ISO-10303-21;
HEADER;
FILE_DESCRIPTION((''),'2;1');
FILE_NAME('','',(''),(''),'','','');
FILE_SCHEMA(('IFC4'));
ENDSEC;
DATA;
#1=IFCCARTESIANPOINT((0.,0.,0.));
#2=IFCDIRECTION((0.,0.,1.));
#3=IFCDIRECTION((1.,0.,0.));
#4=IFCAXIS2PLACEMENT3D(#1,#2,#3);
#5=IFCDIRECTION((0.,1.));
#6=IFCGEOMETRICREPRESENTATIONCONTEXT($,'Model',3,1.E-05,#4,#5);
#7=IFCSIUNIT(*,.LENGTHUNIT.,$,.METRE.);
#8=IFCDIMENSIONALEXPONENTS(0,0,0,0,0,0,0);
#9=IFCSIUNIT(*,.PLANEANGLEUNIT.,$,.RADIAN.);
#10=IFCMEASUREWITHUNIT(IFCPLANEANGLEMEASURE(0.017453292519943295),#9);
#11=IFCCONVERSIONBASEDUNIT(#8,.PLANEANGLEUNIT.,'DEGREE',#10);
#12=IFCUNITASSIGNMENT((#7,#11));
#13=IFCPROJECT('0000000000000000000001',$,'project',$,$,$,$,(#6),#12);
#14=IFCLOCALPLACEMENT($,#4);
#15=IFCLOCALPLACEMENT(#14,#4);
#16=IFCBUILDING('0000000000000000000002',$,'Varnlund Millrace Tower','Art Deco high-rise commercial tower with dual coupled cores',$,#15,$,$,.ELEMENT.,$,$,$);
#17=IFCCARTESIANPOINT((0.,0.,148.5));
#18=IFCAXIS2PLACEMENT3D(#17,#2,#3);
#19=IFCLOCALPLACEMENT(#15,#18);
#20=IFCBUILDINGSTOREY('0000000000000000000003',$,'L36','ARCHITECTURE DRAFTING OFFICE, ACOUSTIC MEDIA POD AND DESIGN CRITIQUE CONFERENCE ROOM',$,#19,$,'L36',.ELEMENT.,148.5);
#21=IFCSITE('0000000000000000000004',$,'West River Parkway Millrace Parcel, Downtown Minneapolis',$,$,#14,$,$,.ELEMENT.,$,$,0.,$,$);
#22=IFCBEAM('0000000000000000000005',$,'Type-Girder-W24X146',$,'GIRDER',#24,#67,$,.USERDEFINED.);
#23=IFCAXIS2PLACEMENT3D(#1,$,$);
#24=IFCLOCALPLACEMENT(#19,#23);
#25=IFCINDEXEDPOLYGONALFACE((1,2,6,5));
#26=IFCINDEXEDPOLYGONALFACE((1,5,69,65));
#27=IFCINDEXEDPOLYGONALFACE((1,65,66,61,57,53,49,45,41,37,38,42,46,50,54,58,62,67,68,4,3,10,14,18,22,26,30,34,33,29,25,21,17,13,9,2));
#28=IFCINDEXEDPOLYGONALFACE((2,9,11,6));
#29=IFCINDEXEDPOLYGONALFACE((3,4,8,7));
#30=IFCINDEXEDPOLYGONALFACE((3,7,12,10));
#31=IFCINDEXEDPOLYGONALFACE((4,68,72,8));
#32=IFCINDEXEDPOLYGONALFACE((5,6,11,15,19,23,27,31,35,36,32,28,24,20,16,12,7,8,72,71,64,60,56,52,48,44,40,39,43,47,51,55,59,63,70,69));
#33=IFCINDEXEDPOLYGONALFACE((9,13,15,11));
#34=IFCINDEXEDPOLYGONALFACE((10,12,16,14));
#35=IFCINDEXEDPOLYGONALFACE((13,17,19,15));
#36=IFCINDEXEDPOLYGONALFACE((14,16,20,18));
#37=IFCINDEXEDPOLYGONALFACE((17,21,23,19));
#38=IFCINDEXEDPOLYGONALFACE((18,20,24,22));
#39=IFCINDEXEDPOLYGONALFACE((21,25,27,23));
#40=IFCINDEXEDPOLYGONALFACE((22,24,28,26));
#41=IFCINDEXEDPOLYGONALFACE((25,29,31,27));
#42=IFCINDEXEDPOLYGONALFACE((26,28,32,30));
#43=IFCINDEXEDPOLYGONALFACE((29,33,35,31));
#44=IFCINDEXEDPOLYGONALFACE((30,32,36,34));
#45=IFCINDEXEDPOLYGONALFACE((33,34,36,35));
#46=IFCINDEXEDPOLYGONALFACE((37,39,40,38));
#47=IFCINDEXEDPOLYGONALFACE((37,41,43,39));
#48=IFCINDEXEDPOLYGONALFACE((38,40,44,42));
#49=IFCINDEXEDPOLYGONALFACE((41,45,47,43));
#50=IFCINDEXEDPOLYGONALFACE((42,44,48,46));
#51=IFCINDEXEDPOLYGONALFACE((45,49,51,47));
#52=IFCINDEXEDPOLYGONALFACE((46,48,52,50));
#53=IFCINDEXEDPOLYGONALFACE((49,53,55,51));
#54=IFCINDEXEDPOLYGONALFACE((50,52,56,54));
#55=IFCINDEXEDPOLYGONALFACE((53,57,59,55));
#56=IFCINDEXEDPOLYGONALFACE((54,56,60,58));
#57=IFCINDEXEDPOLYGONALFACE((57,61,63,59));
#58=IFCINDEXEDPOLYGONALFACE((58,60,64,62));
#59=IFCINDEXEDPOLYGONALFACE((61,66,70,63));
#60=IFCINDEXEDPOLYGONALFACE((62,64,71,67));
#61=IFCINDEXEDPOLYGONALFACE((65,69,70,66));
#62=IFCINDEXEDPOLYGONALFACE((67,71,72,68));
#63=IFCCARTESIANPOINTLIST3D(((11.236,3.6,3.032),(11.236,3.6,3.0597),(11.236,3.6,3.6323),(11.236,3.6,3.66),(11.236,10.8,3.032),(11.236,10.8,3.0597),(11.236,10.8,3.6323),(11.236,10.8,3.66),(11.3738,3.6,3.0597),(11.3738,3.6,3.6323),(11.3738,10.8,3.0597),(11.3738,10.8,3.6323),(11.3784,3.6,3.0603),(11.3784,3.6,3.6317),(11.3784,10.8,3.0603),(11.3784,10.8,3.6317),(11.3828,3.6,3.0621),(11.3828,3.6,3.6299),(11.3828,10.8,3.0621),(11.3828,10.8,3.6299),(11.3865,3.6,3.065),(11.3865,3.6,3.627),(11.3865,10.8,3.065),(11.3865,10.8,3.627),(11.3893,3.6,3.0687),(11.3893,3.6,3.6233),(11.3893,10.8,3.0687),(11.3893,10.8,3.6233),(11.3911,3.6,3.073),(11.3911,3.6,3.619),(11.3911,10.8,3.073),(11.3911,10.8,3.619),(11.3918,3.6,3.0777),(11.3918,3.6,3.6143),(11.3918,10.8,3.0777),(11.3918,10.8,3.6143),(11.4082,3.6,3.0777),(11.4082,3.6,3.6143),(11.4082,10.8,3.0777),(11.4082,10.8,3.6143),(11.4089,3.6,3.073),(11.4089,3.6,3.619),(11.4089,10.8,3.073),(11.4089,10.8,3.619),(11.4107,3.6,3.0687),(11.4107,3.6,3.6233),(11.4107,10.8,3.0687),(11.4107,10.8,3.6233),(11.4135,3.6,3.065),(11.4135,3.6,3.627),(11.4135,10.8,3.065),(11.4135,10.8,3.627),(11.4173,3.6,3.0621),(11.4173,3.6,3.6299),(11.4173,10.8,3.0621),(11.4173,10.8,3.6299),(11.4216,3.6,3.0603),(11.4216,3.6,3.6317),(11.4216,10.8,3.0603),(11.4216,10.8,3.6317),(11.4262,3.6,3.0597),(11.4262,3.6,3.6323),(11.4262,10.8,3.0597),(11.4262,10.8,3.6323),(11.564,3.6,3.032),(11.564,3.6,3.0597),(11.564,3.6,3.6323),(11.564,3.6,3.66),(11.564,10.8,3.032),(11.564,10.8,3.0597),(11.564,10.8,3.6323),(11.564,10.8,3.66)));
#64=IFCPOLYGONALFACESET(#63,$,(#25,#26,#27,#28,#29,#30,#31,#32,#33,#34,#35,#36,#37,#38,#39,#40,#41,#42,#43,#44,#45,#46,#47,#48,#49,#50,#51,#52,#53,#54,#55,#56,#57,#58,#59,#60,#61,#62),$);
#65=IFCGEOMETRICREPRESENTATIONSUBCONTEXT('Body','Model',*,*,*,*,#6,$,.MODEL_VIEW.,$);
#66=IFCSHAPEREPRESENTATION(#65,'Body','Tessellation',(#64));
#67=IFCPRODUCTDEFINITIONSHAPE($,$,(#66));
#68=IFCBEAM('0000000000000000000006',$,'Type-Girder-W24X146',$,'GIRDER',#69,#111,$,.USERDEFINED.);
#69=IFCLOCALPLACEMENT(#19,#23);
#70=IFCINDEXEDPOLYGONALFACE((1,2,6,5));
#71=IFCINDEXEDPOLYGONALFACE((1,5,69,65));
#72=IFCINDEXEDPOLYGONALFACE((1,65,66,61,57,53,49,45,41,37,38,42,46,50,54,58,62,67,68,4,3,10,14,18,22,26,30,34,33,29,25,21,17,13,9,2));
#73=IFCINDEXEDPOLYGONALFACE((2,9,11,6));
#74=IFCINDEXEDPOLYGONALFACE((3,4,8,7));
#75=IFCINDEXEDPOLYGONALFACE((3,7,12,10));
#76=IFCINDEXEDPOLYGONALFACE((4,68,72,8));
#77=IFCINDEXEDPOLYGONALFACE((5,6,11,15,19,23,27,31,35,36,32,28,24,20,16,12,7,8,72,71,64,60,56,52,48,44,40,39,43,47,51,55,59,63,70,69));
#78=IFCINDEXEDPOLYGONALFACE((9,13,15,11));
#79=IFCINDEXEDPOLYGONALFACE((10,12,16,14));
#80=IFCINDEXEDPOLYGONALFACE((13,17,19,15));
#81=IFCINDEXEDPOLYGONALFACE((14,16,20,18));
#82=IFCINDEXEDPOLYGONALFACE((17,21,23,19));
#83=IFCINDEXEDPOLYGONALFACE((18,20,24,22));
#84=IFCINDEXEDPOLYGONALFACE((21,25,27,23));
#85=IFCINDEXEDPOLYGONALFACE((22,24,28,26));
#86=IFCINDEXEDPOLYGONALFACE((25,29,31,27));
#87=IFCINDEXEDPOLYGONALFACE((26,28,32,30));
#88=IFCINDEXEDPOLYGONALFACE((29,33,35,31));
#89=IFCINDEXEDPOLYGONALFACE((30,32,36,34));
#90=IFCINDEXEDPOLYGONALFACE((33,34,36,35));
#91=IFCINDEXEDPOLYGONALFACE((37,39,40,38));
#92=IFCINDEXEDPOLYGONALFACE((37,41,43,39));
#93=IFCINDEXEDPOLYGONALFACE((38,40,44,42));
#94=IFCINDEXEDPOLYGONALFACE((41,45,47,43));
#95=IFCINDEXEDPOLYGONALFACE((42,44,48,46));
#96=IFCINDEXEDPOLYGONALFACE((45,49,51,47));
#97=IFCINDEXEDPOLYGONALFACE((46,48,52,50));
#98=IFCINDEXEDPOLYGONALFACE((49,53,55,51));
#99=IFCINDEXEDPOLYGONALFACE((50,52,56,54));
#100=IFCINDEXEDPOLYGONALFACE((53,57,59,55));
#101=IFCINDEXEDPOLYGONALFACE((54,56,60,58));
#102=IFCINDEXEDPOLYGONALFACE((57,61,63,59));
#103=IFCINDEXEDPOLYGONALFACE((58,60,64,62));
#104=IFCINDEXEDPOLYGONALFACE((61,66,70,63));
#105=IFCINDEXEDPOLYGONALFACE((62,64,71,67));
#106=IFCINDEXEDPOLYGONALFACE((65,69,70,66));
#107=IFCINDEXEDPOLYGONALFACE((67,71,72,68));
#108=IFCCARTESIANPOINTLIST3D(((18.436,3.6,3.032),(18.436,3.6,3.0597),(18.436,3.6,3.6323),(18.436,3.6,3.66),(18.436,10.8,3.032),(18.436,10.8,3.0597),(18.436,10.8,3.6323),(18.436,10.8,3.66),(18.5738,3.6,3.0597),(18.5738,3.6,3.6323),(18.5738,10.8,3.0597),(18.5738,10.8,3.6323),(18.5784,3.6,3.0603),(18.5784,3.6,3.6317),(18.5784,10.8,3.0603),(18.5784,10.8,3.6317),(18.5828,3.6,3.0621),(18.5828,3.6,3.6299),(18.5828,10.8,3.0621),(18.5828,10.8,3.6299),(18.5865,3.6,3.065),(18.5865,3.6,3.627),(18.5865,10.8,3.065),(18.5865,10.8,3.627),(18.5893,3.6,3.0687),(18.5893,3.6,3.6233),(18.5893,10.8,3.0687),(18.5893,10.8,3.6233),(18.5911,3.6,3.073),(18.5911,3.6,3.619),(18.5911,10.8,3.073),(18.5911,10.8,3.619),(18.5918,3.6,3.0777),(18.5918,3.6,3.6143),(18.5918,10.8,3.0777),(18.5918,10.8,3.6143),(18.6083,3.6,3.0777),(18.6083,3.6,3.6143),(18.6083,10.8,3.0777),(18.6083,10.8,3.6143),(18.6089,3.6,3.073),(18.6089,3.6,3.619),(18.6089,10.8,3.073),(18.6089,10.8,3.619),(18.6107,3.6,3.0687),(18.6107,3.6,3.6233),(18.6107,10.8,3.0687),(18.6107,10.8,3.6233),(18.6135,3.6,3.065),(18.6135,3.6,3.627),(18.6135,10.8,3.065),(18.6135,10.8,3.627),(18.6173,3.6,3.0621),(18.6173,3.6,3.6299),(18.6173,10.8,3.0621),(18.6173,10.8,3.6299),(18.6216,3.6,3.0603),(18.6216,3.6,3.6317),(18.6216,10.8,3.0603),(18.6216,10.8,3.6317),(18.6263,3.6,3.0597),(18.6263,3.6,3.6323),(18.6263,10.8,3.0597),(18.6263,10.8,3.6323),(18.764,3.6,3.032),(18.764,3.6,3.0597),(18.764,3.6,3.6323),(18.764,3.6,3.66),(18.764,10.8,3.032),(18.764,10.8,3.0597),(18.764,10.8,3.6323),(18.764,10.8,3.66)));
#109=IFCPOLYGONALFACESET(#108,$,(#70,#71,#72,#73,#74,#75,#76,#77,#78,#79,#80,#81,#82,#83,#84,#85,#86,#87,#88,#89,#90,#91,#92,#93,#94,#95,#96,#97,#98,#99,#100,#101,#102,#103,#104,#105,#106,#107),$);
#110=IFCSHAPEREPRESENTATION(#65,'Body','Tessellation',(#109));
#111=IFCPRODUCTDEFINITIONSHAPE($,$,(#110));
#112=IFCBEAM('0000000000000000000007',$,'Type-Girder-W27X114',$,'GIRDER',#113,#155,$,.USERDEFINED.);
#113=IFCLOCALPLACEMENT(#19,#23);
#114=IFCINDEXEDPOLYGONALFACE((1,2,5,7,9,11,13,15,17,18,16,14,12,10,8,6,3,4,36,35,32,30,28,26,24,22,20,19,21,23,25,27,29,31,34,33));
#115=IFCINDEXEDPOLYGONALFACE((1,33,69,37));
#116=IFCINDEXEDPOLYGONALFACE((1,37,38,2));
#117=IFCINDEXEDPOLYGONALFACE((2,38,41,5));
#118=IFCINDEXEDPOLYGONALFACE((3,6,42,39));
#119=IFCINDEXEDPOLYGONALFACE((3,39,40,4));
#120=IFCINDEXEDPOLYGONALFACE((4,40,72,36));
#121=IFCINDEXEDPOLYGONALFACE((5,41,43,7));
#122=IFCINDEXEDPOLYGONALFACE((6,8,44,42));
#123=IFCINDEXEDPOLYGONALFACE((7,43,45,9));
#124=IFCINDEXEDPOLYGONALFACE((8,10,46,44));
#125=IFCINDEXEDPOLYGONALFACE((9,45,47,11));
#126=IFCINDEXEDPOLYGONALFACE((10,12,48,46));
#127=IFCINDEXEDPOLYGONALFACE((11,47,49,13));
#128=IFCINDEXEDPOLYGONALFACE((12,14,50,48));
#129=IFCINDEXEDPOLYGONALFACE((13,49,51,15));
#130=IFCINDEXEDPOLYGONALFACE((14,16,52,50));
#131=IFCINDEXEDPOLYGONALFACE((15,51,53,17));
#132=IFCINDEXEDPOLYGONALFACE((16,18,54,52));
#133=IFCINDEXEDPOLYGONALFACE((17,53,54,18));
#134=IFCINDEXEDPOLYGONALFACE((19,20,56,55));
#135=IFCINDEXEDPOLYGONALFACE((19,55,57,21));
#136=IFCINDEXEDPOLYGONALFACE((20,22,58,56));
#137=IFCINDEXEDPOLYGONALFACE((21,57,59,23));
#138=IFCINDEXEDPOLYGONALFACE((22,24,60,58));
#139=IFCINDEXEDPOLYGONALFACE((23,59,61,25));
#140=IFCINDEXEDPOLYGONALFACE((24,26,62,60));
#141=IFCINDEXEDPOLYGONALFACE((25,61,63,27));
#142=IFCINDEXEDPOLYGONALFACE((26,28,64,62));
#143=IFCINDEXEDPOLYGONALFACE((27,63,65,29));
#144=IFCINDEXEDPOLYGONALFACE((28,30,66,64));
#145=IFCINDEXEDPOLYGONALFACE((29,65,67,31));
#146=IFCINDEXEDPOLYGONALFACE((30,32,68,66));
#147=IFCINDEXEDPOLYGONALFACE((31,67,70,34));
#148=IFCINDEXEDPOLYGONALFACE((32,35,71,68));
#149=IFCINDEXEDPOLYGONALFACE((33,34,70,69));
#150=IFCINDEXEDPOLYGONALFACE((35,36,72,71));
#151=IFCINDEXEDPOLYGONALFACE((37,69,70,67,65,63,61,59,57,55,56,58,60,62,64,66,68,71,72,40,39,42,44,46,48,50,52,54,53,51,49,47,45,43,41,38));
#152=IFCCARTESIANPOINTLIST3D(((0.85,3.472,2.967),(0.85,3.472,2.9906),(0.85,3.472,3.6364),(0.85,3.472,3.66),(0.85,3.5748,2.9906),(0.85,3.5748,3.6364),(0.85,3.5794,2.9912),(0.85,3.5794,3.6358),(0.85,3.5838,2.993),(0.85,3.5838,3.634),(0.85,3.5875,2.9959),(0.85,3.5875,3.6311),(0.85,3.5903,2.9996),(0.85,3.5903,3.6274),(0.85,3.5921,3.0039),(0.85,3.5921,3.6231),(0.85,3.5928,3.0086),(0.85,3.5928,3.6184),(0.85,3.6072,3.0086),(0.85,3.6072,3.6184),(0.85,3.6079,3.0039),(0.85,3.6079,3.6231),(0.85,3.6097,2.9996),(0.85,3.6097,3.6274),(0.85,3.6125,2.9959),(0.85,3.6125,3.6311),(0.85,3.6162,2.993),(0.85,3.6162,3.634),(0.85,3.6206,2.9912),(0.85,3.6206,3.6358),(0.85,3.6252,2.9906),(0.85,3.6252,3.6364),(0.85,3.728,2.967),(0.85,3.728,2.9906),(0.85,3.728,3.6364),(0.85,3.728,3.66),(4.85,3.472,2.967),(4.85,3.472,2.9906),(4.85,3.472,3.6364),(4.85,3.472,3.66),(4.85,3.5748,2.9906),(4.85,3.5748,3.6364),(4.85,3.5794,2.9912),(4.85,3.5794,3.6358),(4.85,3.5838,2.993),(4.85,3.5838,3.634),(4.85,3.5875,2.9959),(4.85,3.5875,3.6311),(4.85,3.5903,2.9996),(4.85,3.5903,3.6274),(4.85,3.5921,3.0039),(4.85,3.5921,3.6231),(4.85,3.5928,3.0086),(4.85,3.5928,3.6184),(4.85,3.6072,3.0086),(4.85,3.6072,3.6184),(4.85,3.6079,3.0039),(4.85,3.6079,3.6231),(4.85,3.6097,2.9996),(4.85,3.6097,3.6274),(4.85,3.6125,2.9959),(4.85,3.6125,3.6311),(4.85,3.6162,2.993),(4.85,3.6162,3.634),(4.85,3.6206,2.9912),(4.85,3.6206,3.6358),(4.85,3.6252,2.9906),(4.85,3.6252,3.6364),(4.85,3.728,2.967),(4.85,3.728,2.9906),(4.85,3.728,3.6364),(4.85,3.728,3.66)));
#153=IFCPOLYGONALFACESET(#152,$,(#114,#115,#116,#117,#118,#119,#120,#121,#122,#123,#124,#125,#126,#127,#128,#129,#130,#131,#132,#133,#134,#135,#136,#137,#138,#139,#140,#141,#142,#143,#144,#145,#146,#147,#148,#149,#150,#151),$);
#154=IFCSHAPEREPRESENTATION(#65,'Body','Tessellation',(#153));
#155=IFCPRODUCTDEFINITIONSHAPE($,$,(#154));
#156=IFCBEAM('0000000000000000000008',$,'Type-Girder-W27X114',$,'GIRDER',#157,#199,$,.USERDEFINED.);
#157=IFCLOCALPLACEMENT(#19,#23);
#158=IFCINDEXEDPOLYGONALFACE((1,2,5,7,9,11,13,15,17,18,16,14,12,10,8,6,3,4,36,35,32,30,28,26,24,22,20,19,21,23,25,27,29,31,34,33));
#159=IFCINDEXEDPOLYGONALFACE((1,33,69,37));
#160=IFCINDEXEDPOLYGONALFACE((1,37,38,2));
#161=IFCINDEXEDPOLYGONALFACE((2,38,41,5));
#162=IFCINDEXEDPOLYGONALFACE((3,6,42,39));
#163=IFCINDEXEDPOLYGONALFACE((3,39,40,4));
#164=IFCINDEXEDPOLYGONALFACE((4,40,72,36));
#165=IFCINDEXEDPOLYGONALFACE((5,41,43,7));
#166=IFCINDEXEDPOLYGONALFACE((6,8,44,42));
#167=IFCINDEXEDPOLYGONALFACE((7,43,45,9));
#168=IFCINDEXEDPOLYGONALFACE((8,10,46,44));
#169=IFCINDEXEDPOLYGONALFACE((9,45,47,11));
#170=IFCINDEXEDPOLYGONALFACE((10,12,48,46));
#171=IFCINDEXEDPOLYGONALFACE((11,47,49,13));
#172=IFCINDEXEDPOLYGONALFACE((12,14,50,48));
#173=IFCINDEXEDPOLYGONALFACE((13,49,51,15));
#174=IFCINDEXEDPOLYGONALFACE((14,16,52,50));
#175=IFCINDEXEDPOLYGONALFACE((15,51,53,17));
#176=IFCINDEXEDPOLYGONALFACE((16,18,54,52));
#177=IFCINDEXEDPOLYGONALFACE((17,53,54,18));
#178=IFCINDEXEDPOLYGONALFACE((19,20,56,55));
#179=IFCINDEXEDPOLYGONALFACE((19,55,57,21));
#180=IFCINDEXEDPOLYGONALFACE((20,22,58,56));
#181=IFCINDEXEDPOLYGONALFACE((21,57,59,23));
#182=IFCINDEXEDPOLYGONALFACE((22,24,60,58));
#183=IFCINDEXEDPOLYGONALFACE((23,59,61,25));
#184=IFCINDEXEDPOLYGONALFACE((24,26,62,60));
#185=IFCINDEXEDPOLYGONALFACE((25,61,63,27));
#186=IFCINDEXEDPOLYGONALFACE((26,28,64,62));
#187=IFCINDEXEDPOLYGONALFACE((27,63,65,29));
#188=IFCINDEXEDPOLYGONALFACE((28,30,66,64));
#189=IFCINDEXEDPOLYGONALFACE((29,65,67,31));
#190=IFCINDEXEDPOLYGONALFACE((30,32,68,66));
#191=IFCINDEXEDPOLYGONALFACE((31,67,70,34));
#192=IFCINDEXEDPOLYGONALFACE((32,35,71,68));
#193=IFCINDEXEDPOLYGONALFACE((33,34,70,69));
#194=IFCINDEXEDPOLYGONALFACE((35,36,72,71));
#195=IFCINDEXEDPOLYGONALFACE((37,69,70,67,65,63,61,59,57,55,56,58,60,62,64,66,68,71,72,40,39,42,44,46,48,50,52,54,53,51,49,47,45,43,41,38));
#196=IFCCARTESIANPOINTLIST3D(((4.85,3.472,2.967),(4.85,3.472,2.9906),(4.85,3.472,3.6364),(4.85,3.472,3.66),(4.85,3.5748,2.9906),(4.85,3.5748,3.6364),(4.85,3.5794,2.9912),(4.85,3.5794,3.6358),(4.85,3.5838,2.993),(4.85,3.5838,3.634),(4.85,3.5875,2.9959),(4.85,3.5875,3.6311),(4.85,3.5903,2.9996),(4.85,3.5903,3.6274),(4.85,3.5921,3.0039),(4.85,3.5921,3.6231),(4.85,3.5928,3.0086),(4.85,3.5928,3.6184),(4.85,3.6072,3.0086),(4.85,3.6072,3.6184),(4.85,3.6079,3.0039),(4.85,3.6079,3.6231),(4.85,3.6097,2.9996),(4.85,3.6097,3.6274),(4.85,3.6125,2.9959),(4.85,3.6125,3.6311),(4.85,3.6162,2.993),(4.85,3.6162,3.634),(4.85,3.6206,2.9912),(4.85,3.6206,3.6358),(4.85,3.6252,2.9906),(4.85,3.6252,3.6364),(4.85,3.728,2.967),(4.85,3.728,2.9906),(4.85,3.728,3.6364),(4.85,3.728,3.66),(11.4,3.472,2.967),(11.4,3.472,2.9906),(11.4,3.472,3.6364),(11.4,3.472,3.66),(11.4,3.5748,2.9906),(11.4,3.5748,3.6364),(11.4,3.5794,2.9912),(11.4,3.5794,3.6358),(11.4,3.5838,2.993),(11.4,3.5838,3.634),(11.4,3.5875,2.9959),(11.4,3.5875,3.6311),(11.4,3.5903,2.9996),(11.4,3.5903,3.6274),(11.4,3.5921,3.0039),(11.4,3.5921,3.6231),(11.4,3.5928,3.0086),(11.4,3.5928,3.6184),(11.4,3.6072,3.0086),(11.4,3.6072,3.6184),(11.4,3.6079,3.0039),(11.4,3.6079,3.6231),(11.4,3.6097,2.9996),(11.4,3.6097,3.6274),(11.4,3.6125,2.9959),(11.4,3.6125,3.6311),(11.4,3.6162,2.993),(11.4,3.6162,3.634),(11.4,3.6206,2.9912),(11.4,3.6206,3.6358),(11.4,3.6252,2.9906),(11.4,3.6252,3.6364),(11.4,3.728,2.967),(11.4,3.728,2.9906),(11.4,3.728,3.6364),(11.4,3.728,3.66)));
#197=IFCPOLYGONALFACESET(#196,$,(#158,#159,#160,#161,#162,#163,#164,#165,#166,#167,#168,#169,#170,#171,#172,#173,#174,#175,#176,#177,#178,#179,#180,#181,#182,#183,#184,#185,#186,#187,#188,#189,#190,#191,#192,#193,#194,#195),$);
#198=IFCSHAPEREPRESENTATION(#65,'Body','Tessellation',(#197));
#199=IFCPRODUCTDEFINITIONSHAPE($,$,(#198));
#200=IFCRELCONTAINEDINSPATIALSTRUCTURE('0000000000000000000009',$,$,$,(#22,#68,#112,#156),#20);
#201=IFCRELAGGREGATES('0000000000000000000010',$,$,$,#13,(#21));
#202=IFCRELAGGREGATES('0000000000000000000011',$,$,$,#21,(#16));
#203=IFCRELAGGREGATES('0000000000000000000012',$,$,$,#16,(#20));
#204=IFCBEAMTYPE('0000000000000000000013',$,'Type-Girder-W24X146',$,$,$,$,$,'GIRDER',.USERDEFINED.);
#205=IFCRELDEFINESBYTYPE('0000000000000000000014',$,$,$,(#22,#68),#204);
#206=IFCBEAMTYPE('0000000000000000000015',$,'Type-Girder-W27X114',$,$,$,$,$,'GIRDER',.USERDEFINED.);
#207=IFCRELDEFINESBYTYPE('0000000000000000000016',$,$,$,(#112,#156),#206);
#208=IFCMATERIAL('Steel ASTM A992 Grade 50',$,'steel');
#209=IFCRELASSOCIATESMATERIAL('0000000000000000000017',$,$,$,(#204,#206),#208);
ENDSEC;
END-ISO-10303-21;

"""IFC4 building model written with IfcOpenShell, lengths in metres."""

from ifc_helpers import new_model, entity, si_unit, converted_unit, direction, frame, origin_with_axes, origin_2d_with_axis, place, context, subcontext, project, spatial, i_section, extrude, material, material_profile, profile_set, type_object, element, save


model = new_model("IFC4")

# Units and contexts
model_context = context("Model", 3, precision=1e-05, world=origin_with_axes(), true_north=direction((0.0, 1.0)))
body_context = subcontext(model_context, "Body", "Model", "MODEL_VIEW")
ifc_project = project(units=[si_unit("LENGTHUNIT", "METRE"), converted_unit("PLANEANGLEUNIT", "DEGREE", entity("IfcPlaneAngleMeasure", 0.017453292519943295), si_unit("PLANEANGLEUNIT", "RADIAN"), dimensions=[0, 0, 0, 0, 0, 0, 0])], contexts=[model_context])

# Site, building, storey
site_placement = place(None, origin_with_axes())
site = spatial("IfcSite", under=ifc_project, at=site_placement, Name="West River Parkway Millrace Parcel, Downtown Minneapolis", CompositionType="ELEMENT", RefElevation=0.0)
building_placement = place(site_placement, origin_with_axes())
building = spatial("IfcBuilding", under=site, at=building_placement, Name="Varnlund Millrace Tower", Description="Art Deco high-rise commercial tower with dual coupled cores", CompositionType="ELEMENT")
storey_placement = place(building_placement, frame((0.0, 0.0, 148.5), z_axis=(0.0, 0.0, 1.0), x_axis=(1.0, 0.0, 0.0)))
storey = spatial("IfcBuildingStorey", under=building, at=storey_placement, Name="L36", Description="ARCHITECTURE DRAFTING OFFICE, ACOUSTIC MEDIA POD AND DESIGN CRITIQUE CONFERENCE ROOM", LongName="L36", CompositionType="ELEMENT", Elevation=148.5)

# Beams
ifc_material_1 = material(Name="Steel ASTM A992 Grade 50", Category="steel")
ifc_material_profile_1 = material_profile(ifc_material_1, i_section(OverallWidth=0.328, OverallDepth=0.628, WebThickness=0.0165, FlangeThickness=0.0277, FilletRadius=0.018, at=origin_2d_with_axis()), Name="Steel ASTM A992 Grade 50")
ifc_profile_set_1 = profile_set([ifc_material_profile_1], Name="Steel ASTM A992 Grade 50")
beam_type_1 = type_object("IfcBeamType", Name="Type-Girder-W24X146", ElementType="GIRDER", PredefinedType="USERDEFINED", material=ifc_profile_set_1)
for number, where, z_axis, x_axis, name in (
    (1, (11.4, 3.6, 3.346), (0.0, 1.0, 0.0), (-1.0, 0.0, 0.0), "Type-Girder-W24X146"),
    (2, (18.6, 3.6, 3.346), (0.0, 1.0, 0.0), (-1.0, 0.0, 0.0), "Type-Girder-W24X146"),
):
    element("IfcBeam", number, at=place(storey_placement, frame(where, z_axis=z_axis, x_axis=x_axis)), inside=storey, type_object=beam_type_1, Name=name, ObjectType="GIRDER", PredefinedType="USERDEFINED", context=body_context, shape_type="SweptSolid", body=[
        extrude(i_section(OverallWidth=0.328, OverallDepth=0.628, WebThickness=0.0165, FlangeThickness=0.0277, FilletRadius=0.018, at=origin_2d_with_axis()), origin_with_axes(), (0.0, 0.0, 1.0), 7.2),
    ])
ifc_material_profile_2 = material_profile(ifc_material_1, i_section(OverallWidth=0.256, OverallDepth=0.693, WebThickness=0.0145, FlangeThickness=0.0236, FilletRadius=0.018, at=origin_2d_with_axis()), Name="Steel ASTM A992 Grade 50")
ifc_profile_set_2 = profile_set([ifc_material_profile_2], Name="Steel ASTM A992 Grade 50")
beam_type_2 = type_object("IfcBeamType", Name="Type-Girder-W27X114", ElementType="GIRDER", PredefinedType="USERDEFINED", material=ifc_profile_set_2)
beam_1_placement = place(storey_placement, frame((0.85, 3.6, 3.3135), z_axis=(1.0, 0.0, 0.0), x_axis=(0.0, 1.0, 0.0)))
element("IfcBeam", 3, at=beam_1_placement, inside=storey, type_object=beam_type_2, Name="Type-Girder-W27X114", ObjectType="GIRDER", PredefinedType="USERDEFINED", context=body_context, shape_type="SweptSolid", body=[
    extrude(i_section(OverallWidth=0.256, OverallDepth=0.693, WebThickness=0.0145, FlangeThickness=0.0236, FilletRadius=0.018, at=origin_2d_with_axis()), origin_with_axes(), (0.0, 0.0, 1.0), 4.0),
])
beam_2_placement = place(storey_placement, frame((4.85, 3.6, 3.3135), z_axis=(1.0, 0.0, 0.0), x_axis=(0.0, 1.0, 0.0)))
element("IfcBeam", 4, at=beam_2_placement, inside=storey, type_object=beam_type_2, Name="Type-Girder-W27X114", ObjectType="GIRDER", PredefinedType="USERDEFINED", context=body_context, shape_type="SweptSolid", body=[
    extrude(i_section(OverallWidth=0.256, OverallDepth=0.693, WebThickness=0.0145, FlangeThickness=0.0236, FilletRadius=0.018, at=origin_2d_with_axis()), origin_with_axes(), (0.0, 0.0, 1.0), 6.55),
])

save(model, "model.ifc")
